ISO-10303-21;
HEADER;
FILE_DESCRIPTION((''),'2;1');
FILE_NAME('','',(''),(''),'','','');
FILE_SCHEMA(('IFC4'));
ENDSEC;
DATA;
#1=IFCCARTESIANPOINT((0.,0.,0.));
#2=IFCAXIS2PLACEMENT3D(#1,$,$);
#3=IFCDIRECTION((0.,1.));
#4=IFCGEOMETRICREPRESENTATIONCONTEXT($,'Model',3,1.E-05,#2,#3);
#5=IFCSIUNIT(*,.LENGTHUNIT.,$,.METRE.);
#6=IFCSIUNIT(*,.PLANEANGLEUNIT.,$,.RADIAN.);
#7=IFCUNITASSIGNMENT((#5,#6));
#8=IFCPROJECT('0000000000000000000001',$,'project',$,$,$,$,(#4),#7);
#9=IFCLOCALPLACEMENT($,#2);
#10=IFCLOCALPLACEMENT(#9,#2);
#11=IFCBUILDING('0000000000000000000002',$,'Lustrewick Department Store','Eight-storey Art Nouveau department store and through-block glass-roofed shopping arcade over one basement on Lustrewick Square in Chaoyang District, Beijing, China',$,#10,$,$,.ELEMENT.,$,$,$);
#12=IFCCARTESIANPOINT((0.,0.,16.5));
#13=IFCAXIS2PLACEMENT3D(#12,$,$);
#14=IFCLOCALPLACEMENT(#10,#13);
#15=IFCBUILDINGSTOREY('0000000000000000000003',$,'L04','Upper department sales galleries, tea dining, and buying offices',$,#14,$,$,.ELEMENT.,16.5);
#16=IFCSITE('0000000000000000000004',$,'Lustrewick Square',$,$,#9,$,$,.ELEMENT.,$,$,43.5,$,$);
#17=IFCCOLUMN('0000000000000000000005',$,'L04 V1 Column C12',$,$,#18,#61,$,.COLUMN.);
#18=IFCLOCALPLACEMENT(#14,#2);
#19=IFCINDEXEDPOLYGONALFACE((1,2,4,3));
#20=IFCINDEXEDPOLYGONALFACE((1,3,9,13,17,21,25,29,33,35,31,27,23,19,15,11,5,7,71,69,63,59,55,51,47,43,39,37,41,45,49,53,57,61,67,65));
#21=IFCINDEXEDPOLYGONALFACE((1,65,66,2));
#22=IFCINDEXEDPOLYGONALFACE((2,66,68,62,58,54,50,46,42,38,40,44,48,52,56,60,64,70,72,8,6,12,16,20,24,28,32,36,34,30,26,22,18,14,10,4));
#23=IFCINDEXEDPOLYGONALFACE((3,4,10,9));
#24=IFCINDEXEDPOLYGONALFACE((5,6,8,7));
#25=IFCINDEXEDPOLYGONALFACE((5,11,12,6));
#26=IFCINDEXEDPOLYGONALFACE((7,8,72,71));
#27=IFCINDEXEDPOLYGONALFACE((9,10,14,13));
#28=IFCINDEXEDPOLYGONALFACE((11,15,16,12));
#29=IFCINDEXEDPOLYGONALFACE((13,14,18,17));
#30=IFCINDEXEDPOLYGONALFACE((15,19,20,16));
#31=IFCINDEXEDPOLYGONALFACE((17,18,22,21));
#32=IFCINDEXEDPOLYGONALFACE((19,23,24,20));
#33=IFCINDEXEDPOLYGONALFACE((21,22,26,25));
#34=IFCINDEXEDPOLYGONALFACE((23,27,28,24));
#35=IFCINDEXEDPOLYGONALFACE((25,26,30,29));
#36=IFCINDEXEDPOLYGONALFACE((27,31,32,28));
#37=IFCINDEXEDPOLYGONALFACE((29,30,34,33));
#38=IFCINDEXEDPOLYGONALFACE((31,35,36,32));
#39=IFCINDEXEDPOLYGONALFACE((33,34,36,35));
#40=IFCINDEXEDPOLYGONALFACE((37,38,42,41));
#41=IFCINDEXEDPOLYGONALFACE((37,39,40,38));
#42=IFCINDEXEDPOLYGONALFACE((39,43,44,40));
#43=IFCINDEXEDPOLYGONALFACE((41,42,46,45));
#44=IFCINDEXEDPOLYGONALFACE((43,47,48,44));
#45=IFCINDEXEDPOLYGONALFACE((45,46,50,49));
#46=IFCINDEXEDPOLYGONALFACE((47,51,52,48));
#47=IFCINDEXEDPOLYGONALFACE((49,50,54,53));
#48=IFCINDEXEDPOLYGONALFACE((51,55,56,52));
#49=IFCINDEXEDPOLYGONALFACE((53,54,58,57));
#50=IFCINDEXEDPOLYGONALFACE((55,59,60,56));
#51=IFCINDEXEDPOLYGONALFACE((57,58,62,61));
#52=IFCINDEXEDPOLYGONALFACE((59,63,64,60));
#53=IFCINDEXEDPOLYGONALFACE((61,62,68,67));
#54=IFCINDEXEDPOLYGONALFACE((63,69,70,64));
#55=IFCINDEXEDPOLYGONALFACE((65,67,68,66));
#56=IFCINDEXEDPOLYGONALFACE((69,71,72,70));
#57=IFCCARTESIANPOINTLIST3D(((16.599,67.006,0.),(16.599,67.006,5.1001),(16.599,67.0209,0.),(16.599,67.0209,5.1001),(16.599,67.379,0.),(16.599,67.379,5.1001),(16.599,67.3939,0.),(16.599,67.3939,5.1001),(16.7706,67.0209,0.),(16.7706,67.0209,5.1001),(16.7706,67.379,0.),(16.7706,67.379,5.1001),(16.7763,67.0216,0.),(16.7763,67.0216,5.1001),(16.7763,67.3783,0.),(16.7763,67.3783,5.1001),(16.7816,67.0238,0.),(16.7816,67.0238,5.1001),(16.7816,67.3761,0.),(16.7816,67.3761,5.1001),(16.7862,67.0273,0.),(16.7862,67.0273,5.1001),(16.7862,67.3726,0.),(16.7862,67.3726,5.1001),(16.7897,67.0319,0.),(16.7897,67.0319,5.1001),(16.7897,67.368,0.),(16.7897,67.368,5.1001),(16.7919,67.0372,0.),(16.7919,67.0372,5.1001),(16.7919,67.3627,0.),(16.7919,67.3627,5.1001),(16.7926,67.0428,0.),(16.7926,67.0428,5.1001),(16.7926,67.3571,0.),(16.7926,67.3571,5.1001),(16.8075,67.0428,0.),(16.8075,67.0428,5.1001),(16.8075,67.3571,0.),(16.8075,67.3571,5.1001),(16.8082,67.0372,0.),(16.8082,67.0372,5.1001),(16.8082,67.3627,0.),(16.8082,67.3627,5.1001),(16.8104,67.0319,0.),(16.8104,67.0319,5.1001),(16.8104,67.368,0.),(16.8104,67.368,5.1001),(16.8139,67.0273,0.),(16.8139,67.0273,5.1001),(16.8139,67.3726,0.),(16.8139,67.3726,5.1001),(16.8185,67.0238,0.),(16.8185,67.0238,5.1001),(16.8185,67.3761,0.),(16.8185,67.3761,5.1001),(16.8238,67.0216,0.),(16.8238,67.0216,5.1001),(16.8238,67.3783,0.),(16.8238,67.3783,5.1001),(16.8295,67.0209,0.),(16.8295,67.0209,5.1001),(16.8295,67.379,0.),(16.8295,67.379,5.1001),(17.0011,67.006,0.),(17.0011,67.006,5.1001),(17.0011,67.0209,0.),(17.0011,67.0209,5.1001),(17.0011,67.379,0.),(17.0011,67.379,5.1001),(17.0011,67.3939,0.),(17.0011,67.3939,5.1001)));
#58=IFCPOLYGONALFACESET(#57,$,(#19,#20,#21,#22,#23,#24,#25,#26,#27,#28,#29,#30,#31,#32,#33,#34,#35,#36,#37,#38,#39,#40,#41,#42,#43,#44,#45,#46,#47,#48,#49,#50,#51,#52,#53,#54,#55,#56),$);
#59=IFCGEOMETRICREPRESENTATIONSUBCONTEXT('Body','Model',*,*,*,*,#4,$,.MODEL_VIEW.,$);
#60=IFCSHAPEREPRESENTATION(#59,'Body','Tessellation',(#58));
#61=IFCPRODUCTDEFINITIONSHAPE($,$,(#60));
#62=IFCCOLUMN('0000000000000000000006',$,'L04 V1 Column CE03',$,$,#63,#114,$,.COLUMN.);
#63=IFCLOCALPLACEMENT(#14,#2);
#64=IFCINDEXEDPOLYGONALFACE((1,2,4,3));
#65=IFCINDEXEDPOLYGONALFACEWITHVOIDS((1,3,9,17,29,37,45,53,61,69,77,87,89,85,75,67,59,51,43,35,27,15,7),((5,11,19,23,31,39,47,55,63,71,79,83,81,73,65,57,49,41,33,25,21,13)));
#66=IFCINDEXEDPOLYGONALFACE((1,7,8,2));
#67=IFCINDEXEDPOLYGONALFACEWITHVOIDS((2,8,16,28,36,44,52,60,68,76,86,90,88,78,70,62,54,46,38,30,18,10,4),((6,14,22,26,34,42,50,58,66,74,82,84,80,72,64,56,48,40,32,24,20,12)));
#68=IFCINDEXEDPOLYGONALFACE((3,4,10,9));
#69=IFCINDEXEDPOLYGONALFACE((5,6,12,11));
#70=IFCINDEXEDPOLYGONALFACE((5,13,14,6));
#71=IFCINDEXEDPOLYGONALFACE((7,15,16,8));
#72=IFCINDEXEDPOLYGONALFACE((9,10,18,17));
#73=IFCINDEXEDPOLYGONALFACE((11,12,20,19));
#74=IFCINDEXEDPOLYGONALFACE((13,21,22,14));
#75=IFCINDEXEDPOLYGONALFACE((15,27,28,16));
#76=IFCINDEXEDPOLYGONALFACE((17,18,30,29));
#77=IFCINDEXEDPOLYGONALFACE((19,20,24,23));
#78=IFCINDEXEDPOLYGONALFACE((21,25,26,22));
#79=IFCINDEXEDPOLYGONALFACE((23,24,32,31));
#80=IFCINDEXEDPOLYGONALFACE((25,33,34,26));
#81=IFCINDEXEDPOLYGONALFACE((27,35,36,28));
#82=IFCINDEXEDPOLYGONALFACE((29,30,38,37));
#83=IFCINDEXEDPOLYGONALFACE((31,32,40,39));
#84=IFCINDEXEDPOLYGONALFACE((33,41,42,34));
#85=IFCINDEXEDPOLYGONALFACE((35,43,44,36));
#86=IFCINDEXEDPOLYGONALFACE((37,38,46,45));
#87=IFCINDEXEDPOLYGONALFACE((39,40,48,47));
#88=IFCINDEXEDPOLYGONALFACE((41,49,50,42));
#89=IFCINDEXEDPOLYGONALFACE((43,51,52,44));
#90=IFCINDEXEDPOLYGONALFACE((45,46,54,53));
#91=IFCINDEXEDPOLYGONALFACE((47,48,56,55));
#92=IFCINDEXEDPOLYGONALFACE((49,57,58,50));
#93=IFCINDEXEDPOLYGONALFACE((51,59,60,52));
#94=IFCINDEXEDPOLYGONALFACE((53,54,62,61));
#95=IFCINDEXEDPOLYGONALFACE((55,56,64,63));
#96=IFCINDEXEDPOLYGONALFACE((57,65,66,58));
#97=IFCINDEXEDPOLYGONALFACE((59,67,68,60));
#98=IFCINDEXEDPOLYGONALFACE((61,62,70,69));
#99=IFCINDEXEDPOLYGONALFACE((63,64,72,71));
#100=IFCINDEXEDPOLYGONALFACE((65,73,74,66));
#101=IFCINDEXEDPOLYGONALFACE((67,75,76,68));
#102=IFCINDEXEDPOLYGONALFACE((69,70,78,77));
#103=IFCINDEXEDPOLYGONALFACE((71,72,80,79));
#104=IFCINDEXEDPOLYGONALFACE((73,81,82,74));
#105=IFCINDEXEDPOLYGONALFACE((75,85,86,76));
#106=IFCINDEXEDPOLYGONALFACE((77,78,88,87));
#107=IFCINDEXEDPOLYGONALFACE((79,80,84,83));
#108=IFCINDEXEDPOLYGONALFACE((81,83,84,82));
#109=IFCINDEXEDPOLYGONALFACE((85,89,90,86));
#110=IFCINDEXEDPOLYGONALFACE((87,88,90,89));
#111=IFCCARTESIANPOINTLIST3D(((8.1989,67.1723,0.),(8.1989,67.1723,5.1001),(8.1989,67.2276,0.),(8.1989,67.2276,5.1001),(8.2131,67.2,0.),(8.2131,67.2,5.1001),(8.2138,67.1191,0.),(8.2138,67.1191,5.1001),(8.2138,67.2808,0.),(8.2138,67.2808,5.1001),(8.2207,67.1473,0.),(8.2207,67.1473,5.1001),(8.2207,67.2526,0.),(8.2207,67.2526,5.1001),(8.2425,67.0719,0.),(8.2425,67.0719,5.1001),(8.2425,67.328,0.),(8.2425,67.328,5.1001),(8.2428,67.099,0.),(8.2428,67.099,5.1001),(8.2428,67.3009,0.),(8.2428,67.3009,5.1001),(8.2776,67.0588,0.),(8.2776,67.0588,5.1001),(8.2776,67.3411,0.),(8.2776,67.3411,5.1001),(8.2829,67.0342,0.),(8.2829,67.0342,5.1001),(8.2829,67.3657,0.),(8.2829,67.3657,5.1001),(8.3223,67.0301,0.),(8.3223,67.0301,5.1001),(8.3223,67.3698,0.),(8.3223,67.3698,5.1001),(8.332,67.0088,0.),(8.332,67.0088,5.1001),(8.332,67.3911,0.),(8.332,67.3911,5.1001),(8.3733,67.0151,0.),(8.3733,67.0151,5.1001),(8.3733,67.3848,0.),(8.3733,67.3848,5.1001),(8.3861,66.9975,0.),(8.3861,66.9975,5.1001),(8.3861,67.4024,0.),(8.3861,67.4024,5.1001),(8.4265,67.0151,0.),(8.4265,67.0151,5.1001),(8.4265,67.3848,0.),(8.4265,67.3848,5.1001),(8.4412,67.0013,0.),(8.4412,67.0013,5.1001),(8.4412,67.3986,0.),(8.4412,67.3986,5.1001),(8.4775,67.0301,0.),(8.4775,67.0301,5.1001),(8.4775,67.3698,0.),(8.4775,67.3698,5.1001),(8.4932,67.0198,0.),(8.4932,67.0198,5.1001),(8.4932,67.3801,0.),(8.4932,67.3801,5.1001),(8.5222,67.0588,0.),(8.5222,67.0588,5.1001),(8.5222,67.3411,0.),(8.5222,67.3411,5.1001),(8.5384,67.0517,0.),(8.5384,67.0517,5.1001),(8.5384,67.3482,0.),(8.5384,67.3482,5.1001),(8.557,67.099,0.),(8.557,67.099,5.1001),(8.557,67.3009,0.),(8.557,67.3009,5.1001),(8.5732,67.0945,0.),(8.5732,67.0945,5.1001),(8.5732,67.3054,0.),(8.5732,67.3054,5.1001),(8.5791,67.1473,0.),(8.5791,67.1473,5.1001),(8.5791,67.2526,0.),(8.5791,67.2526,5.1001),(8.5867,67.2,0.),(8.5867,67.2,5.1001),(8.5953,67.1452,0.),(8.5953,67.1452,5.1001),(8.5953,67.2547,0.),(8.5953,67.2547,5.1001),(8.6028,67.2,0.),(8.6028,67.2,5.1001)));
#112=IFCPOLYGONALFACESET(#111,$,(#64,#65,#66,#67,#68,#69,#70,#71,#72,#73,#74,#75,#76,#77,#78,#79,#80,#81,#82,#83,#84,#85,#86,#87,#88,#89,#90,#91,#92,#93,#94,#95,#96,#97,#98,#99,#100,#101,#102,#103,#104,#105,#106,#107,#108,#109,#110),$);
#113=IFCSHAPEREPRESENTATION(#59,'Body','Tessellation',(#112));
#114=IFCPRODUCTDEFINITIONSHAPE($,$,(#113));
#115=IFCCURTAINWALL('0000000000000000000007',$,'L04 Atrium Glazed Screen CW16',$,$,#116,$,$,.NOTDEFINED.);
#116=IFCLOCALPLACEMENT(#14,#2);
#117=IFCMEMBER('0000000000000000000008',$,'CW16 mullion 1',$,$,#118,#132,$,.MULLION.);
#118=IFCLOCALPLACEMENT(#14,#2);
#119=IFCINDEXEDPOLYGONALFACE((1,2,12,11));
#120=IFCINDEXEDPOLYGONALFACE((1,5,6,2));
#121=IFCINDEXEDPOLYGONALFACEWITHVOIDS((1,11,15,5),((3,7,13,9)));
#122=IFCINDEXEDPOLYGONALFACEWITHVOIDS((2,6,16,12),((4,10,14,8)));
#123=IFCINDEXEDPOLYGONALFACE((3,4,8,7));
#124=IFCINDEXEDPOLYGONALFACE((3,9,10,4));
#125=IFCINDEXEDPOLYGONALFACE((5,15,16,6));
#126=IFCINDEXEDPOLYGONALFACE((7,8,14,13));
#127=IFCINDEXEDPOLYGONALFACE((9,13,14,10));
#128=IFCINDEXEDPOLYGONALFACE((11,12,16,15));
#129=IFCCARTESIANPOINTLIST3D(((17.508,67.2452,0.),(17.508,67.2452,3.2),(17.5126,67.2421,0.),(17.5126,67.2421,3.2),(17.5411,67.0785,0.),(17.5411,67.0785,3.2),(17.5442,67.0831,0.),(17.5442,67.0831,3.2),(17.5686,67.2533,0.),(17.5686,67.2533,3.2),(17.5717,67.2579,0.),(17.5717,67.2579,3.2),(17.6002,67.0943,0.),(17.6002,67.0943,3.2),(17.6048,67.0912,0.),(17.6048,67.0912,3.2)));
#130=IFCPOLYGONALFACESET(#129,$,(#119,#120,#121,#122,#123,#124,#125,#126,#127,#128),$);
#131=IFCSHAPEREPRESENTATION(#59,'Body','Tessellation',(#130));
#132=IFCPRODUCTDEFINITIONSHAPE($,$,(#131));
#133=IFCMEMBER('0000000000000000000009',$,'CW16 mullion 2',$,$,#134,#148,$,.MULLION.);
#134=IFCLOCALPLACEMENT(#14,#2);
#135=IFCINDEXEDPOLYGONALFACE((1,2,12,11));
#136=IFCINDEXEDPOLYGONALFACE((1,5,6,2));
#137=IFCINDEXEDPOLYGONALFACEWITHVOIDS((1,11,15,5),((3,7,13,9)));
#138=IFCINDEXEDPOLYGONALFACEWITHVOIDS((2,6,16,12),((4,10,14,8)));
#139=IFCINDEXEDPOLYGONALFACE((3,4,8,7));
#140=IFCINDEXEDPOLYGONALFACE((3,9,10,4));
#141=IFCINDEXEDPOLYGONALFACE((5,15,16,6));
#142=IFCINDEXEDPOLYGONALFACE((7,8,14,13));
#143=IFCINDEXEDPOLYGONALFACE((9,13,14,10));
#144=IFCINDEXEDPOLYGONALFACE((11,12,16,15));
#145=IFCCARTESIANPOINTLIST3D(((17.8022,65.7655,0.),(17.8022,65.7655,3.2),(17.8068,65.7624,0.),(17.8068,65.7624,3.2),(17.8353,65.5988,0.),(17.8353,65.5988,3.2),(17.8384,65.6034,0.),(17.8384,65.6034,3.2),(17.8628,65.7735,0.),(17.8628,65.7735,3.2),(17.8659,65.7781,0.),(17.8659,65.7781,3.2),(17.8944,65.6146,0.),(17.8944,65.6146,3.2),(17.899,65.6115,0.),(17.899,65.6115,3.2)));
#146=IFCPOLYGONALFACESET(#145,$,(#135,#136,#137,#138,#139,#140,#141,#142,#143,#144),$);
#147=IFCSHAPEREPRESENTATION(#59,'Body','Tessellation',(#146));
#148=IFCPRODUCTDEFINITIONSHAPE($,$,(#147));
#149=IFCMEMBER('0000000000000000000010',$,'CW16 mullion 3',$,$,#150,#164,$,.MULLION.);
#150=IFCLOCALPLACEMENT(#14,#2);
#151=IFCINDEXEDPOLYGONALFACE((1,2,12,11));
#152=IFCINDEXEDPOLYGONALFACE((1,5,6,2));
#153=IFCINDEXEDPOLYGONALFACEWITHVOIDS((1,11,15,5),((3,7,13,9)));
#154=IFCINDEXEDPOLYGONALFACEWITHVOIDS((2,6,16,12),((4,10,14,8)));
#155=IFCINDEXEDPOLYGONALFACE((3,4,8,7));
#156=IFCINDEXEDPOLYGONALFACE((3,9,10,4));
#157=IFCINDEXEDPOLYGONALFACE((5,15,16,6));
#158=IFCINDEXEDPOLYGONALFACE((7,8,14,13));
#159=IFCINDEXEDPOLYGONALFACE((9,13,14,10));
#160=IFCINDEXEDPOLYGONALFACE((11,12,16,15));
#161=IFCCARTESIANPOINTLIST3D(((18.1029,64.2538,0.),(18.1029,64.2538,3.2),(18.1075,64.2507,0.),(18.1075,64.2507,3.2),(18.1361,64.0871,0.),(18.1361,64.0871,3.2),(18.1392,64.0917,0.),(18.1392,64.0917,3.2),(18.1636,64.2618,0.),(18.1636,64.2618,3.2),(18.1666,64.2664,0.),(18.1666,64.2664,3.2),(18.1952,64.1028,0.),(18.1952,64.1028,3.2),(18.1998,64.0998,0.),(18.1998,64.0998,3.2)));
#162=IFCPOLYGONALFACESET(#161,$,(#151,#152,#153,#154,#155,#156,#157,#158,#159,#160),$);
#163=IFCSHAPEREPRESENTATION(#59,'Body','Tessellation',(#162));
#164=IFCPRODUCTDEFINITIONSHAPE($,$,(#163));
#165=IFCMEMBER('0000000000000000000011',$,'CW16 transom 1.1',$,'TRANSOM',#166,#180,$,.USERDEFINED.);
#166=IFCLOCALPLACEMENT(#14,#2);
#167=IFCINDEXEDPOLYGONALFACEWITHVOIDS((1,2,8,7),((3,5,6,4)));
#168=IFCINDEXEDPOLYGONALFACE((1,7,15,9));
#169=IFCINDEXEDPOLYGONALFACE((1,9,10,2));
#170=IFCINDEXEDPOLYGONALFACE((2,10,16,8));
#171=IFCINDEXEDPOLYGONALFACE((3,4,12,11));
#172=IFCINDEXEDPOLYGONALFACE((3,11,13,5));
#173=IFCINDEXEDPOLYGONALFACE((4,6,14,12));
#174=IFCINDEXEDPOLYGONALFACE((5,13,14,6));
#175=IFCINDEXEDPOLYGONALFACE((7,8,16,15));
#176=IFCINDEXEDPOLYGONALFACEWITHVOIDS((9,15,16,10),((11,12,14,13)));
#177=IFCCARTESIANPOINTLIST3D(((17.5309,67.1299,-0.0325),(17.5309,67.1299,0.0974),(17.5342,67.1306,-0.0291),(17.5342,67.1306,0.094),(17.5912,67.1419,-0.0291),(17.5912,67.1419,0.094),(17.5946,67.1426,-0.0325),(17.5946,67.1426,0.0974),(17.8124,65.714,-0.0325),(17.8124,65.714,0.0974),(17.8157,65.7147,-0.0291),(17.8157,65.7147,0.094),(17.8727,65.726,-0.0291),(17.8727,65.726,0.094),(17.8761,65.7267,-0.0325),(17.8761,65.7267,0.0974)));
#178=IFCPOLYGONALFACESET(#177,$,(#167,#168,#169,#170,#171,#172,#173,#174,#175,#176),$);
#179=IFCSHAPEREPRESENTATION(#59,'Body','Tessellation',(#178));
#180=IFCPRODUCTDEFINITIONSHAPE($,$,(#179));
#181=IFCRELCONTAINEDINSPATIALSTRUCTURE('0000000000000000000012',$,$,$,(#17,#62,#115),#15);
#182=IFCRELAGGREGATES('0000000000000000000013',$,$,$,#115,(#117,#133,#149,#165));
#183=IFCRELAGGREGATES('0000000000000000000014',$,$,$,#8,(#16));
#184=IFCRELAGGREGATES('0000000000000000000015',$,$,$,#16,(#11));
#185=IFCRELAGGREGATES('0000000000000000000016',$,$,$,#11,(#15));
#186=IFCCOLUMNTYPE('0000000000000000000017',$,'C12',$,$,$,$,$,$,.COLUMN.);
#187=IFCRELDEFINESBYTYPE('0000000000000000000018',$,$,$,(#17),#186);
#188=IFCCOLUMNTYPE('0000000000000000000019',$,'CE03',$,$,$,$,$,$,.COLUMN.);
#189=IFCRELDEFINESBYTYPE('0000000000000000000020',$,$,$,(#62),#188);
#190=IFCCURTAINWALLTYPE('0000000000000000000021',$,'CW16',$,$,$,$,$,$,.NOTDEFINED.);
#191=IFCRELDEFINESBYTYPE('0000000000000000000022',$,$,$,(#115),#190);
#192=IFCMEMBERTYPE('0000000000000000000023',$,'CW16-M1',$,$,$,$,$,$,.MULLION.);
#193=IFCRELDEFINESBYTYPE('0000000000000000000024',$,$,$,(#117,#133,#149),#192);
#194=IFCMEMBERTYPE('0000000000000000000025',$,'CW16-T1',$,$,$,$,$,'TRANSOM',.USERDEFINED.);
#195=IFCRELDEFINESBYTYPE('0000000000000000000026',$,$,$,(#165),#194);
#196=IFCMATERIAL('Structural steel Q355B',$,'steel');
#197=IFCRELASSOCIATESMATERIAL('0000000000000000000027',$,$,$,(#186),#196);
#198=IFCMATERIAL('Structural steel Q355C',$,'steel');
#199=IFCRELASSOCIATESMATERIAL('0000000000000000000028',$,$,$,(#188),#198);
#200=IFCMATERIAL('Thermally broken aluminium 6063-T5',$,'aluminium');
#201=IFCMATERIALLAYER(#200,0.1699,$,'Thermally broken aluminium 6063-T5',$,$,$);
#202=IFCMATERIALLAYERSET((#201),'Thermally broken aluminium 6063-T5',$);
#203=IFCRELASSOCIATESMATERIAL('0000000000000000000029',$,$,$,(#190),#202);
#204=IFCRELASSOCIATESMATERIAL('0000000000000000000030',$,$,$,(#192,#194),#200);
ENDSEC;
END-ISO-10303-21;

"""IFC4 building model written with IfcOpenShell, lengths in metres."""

from ifc_helpers import new_model, si_unit, direction, frame, origin, origin_2d, place, context, subcontext, project, spatial, hollow_rectangle, hollow_circle, i_section, extrude, material, layer, layer_set, material_profile, profile_set, type_object, element, aggregate, save


model = new_model("IFC4")

# Units and contexts
model_context = context("Model", 3, precision=1e-05, world=origin(), true_north=direction((0.0, 1.0)))
body_context = subcontext(model_context, "Body", "Model", "MODEL_VIEW")
ifc_project = project(units=[si_unit("LENGTHUNIT", "METRE"), si_unit("PLANEANGLEUNIT", "RADIAN")], contexts=[model_context])

# Site, building, storey
site_placement = place(None, origin())
site = spatial("IfcSite", under=ifc_project, at=site_placement, Name="Lustrewick Square", CompositionType="ELEMENT", RefElevation=43.5)
building_placement = place(site_placement, origin())
building = spatial("IfcBuilding", under=site, at=building_placement, Name="Lustrewick Department Store", Description="Eight-storey Art Nouveau department store and through-block glass-roofed shopping arcade over one basement on Lustrewick Square in Chaoyang District, Beijing, China", CompositionType="ELEMENT")
storey_placement = place(building_placement, frame((0.0, 0.0, 16.5)))
storey = spatial("IfcBuildingStorey", under=building, at=storey_placement, Name="L04", Description="Upper department sales galleries, tea dining, and buying offices", CompositionType="ELEMENT", Elevation=16.5)

# Columns
ifc_material_1 = material(Name="Structural steel Q355B", Category="steel")
ifc_material_profile_1 = material_profile(ifc_material_1, i_section(OverallWidth=0.4021, OverallDepth=0.3879, WebThickness=0.0149, FlangeThickness=0.0149, FilletRadius=0.022, at=origin_2d()), Name="HW 388x402x15x15")
ifc_profile_set_1 = profile_set([ifc_material_profile_1], Name="Structural steel Q355B")
column_type_1 = type_object("IfcColumnType", Name="C12", PredefinedType="COLUMN", material=ifc_profile_set_1)
column_1_placement = place(storey_placement, frame((16.8, 67.2, 0.0), z_axis=(0.0, 0.0, 1.0), x_axis=(1.0, 0.0, 0.0)))
element("IfcColumn", 1, at=column_1_placement, inside=storey, type_object=column_type_1, Name="L04 V1 Column C12", PredefinedType="COLUMN", context=body_context, shape_type="SweptSolid", body=[
    extrude(i_section(OverallWidth=0.4021, OverallDepth=0.3879, WebThickness=0.0149, FlangeThickness=0.0149, FilletRadius=0.022, at=origin_2d()), origin(), (0.0, 0.0, 1.0), 5.1001),
])
ifc_material_2 = material(Name="Structural steel Q355C", Category="steel")
ifc_material_profile_2 = material_profile(ifc_material_2, hollow_circle(Radius=0.2029, WallThickness=0.0161, at=origin_2d()), Name="CHS 406x16")
ifc_profile_set_2 = profile_set([ifc_material_profile_2], Name="Structural steel Q355C")
column_type_2 = type_object("IfcColumnType", Name="CE03", PredefinedType="COLUMN", material=ifc_profile_set_2)
column_2_placement = place(storey_placement, frame((8.3999, 67.2, 0.0), z_axis=(0.0, 0.0, 1.0), x_axis=(1.0, 0.0, 0.0)))
element("IfcColumn", 2, at=column_2_placement, inside=storey, type_object=column_type_2, Name="L04 V1 Column CE03", PredefinedType="COLUMN", context=body_context, shape_type="SweptSolid", body=[
    extrude(hollow_circle(Radius=0.2029, WallThickness=0.0161, at=origin_2d()), origin(), (0.0, 0.0, 1.0), 5.1001),
])

# Curtain wall, members
ifc_material_3 = material(Name="Thermally broken aluminium 6063-T5", Category="aluminium")
ifc_layer_1 = layer(ifc_material_3, 0.1699, Name="Thermally broken aluminium 6063-T5")
ifc_layer_set_1 = layer_set([ifc_layer_1], Name="Thermally broken aluminium 6063-T5")
curtain_wall_type = type_object("IfcCurtainWallType", Name="CW16", PredefinedType="NOTDEFINED", material=ifc_layer_set_1)
curtain_wall_placement = place(storey_placement, origin())
curtain_wall = element("IfcCurtainWall", 3, at=curtain_wall_placement, inside=storey, type_object=curtain_wall_type, Name="L04 Atrium Glazed Screen CW16", PredefinedType="NOTDEFINED")
ifc_material_profile_3 = material_profile(ifc_material_3, hollow_rectangle(XDim=0.0649, YDim=0.1699, WallThickness=0.0039, at=origin_2d()), Name="ALU-M 65x170x4")
ifc_profile_set_3 = profile_set([ifc_material_profile_3], Name="Thermally broken aluminium 6063-T5")
member_type_1 = type_object("IfcMemberType", Name="CW16-M1", PredefinedType="MULLION", material=ifc_profile_set_3)
member_1_placement = place(storey_placement, frame((17.5564, 67.1682, 0.0), z_axis=(0.0, 0.0, 1.0), x_axis=(0.980786, 0.195085, 0.0)))
member_1 = element("IfcMember", 4, at=member_1_placement, type_object=member_type_1, Name="CW16 mullion 1", PredefinedType="MULLION", context=body_context, shape_type="SweptSolid", body=[
    extrude(hollow_rectangle(XDim=0.0649, YDim=0.1699, WallThickness=0.0039, at=origin_2d()), origin(), (0.0, 0.0, 1.0), 3.2),
])
member_2_placement = place(storey_placement, frame((17.8506, 65.6885, 0.0), z_axis=(0.0, 0.0, 1.0), x_axis=(0.980786, 0.195085, 0.0)))
member_2 = element("IfcMember", 5, at=member_2_placement, type_object=member_type_1, Name="CW16 mullion 2", PredefinedType="MULLION", context=body_context, shape_type="SweptSolid", body=[
    extrude(hollow_rectangle(XDim=0.0649, YDim=0.1699, WallThickness=0.0039, at=origin_2d()), origin(), (0.0, 0.0, 1.0), 3.2),
])
member_3_placement = place(storey_placement, frame((18.1514, 64.1768, 0.0), z_axis=(0.0, 0.0, 1.0), x_axis=(0.980786, 0.195085, 0.0)))
member_3 = element("IfcMember", 6, at=member_3_placement, type_object=member_type_1, Name="CW16 mullion 3", PredefinedType="MULLION", context=body_context, shape_type="SweptSolid", body=[
    extrude(hollow_rectangle(XDim=0.0649, YDim=0.1699, WallThickness=0.0039, at=origin_2d()), origin(), (0.0, 0.0, 1.0), 3.2),
])
ifc_material_profile_4 = material_profile(ifc_material_3, hollow_rectangle(XDim=0.0649, YDim=0.1299, WallThickness=0.0034, at=origin_2d()), Name="ALU-T 65x130x3.5")
ifc_profile_set_4 = profile_set([ifc_material_profile_4], Name="Thermally broken aluminium 6063-T5")
member_type_2 = type_object("IfcMemberType", Name="CW16-T1", ElementType="TRANSOM", PredefinedType="USERDEFINED", material=ifc_profile_set_4)
member_4_placement = place(storey_placement, frame((17.5627, 67.1362, 0.0325), z_axis=(0.194978, -0.980808, 0.0), x_axis=(0.980808, 0.194978, 0.0)))
member_4 = element("IfcMember", 7, at=member_4_placement, type_object=member_type_2, Name="CW16 transom 1.1", ObjectType="TRANSOM", PredefinedType="USERDEFINED", context=body_context, shape_type="SweptSolid", body=[
    extrude(hollow_rectangle(XDim=0.0649, YDim=0.1299, WallThickness=0.0034, at=origin_2d()), origin(), (0.0, 0.0, 1.0), 1.4436),
])

aggregate(curtain_wall, [member_1, member_2, member_3, member_4])

save(model, "model.ifc")
